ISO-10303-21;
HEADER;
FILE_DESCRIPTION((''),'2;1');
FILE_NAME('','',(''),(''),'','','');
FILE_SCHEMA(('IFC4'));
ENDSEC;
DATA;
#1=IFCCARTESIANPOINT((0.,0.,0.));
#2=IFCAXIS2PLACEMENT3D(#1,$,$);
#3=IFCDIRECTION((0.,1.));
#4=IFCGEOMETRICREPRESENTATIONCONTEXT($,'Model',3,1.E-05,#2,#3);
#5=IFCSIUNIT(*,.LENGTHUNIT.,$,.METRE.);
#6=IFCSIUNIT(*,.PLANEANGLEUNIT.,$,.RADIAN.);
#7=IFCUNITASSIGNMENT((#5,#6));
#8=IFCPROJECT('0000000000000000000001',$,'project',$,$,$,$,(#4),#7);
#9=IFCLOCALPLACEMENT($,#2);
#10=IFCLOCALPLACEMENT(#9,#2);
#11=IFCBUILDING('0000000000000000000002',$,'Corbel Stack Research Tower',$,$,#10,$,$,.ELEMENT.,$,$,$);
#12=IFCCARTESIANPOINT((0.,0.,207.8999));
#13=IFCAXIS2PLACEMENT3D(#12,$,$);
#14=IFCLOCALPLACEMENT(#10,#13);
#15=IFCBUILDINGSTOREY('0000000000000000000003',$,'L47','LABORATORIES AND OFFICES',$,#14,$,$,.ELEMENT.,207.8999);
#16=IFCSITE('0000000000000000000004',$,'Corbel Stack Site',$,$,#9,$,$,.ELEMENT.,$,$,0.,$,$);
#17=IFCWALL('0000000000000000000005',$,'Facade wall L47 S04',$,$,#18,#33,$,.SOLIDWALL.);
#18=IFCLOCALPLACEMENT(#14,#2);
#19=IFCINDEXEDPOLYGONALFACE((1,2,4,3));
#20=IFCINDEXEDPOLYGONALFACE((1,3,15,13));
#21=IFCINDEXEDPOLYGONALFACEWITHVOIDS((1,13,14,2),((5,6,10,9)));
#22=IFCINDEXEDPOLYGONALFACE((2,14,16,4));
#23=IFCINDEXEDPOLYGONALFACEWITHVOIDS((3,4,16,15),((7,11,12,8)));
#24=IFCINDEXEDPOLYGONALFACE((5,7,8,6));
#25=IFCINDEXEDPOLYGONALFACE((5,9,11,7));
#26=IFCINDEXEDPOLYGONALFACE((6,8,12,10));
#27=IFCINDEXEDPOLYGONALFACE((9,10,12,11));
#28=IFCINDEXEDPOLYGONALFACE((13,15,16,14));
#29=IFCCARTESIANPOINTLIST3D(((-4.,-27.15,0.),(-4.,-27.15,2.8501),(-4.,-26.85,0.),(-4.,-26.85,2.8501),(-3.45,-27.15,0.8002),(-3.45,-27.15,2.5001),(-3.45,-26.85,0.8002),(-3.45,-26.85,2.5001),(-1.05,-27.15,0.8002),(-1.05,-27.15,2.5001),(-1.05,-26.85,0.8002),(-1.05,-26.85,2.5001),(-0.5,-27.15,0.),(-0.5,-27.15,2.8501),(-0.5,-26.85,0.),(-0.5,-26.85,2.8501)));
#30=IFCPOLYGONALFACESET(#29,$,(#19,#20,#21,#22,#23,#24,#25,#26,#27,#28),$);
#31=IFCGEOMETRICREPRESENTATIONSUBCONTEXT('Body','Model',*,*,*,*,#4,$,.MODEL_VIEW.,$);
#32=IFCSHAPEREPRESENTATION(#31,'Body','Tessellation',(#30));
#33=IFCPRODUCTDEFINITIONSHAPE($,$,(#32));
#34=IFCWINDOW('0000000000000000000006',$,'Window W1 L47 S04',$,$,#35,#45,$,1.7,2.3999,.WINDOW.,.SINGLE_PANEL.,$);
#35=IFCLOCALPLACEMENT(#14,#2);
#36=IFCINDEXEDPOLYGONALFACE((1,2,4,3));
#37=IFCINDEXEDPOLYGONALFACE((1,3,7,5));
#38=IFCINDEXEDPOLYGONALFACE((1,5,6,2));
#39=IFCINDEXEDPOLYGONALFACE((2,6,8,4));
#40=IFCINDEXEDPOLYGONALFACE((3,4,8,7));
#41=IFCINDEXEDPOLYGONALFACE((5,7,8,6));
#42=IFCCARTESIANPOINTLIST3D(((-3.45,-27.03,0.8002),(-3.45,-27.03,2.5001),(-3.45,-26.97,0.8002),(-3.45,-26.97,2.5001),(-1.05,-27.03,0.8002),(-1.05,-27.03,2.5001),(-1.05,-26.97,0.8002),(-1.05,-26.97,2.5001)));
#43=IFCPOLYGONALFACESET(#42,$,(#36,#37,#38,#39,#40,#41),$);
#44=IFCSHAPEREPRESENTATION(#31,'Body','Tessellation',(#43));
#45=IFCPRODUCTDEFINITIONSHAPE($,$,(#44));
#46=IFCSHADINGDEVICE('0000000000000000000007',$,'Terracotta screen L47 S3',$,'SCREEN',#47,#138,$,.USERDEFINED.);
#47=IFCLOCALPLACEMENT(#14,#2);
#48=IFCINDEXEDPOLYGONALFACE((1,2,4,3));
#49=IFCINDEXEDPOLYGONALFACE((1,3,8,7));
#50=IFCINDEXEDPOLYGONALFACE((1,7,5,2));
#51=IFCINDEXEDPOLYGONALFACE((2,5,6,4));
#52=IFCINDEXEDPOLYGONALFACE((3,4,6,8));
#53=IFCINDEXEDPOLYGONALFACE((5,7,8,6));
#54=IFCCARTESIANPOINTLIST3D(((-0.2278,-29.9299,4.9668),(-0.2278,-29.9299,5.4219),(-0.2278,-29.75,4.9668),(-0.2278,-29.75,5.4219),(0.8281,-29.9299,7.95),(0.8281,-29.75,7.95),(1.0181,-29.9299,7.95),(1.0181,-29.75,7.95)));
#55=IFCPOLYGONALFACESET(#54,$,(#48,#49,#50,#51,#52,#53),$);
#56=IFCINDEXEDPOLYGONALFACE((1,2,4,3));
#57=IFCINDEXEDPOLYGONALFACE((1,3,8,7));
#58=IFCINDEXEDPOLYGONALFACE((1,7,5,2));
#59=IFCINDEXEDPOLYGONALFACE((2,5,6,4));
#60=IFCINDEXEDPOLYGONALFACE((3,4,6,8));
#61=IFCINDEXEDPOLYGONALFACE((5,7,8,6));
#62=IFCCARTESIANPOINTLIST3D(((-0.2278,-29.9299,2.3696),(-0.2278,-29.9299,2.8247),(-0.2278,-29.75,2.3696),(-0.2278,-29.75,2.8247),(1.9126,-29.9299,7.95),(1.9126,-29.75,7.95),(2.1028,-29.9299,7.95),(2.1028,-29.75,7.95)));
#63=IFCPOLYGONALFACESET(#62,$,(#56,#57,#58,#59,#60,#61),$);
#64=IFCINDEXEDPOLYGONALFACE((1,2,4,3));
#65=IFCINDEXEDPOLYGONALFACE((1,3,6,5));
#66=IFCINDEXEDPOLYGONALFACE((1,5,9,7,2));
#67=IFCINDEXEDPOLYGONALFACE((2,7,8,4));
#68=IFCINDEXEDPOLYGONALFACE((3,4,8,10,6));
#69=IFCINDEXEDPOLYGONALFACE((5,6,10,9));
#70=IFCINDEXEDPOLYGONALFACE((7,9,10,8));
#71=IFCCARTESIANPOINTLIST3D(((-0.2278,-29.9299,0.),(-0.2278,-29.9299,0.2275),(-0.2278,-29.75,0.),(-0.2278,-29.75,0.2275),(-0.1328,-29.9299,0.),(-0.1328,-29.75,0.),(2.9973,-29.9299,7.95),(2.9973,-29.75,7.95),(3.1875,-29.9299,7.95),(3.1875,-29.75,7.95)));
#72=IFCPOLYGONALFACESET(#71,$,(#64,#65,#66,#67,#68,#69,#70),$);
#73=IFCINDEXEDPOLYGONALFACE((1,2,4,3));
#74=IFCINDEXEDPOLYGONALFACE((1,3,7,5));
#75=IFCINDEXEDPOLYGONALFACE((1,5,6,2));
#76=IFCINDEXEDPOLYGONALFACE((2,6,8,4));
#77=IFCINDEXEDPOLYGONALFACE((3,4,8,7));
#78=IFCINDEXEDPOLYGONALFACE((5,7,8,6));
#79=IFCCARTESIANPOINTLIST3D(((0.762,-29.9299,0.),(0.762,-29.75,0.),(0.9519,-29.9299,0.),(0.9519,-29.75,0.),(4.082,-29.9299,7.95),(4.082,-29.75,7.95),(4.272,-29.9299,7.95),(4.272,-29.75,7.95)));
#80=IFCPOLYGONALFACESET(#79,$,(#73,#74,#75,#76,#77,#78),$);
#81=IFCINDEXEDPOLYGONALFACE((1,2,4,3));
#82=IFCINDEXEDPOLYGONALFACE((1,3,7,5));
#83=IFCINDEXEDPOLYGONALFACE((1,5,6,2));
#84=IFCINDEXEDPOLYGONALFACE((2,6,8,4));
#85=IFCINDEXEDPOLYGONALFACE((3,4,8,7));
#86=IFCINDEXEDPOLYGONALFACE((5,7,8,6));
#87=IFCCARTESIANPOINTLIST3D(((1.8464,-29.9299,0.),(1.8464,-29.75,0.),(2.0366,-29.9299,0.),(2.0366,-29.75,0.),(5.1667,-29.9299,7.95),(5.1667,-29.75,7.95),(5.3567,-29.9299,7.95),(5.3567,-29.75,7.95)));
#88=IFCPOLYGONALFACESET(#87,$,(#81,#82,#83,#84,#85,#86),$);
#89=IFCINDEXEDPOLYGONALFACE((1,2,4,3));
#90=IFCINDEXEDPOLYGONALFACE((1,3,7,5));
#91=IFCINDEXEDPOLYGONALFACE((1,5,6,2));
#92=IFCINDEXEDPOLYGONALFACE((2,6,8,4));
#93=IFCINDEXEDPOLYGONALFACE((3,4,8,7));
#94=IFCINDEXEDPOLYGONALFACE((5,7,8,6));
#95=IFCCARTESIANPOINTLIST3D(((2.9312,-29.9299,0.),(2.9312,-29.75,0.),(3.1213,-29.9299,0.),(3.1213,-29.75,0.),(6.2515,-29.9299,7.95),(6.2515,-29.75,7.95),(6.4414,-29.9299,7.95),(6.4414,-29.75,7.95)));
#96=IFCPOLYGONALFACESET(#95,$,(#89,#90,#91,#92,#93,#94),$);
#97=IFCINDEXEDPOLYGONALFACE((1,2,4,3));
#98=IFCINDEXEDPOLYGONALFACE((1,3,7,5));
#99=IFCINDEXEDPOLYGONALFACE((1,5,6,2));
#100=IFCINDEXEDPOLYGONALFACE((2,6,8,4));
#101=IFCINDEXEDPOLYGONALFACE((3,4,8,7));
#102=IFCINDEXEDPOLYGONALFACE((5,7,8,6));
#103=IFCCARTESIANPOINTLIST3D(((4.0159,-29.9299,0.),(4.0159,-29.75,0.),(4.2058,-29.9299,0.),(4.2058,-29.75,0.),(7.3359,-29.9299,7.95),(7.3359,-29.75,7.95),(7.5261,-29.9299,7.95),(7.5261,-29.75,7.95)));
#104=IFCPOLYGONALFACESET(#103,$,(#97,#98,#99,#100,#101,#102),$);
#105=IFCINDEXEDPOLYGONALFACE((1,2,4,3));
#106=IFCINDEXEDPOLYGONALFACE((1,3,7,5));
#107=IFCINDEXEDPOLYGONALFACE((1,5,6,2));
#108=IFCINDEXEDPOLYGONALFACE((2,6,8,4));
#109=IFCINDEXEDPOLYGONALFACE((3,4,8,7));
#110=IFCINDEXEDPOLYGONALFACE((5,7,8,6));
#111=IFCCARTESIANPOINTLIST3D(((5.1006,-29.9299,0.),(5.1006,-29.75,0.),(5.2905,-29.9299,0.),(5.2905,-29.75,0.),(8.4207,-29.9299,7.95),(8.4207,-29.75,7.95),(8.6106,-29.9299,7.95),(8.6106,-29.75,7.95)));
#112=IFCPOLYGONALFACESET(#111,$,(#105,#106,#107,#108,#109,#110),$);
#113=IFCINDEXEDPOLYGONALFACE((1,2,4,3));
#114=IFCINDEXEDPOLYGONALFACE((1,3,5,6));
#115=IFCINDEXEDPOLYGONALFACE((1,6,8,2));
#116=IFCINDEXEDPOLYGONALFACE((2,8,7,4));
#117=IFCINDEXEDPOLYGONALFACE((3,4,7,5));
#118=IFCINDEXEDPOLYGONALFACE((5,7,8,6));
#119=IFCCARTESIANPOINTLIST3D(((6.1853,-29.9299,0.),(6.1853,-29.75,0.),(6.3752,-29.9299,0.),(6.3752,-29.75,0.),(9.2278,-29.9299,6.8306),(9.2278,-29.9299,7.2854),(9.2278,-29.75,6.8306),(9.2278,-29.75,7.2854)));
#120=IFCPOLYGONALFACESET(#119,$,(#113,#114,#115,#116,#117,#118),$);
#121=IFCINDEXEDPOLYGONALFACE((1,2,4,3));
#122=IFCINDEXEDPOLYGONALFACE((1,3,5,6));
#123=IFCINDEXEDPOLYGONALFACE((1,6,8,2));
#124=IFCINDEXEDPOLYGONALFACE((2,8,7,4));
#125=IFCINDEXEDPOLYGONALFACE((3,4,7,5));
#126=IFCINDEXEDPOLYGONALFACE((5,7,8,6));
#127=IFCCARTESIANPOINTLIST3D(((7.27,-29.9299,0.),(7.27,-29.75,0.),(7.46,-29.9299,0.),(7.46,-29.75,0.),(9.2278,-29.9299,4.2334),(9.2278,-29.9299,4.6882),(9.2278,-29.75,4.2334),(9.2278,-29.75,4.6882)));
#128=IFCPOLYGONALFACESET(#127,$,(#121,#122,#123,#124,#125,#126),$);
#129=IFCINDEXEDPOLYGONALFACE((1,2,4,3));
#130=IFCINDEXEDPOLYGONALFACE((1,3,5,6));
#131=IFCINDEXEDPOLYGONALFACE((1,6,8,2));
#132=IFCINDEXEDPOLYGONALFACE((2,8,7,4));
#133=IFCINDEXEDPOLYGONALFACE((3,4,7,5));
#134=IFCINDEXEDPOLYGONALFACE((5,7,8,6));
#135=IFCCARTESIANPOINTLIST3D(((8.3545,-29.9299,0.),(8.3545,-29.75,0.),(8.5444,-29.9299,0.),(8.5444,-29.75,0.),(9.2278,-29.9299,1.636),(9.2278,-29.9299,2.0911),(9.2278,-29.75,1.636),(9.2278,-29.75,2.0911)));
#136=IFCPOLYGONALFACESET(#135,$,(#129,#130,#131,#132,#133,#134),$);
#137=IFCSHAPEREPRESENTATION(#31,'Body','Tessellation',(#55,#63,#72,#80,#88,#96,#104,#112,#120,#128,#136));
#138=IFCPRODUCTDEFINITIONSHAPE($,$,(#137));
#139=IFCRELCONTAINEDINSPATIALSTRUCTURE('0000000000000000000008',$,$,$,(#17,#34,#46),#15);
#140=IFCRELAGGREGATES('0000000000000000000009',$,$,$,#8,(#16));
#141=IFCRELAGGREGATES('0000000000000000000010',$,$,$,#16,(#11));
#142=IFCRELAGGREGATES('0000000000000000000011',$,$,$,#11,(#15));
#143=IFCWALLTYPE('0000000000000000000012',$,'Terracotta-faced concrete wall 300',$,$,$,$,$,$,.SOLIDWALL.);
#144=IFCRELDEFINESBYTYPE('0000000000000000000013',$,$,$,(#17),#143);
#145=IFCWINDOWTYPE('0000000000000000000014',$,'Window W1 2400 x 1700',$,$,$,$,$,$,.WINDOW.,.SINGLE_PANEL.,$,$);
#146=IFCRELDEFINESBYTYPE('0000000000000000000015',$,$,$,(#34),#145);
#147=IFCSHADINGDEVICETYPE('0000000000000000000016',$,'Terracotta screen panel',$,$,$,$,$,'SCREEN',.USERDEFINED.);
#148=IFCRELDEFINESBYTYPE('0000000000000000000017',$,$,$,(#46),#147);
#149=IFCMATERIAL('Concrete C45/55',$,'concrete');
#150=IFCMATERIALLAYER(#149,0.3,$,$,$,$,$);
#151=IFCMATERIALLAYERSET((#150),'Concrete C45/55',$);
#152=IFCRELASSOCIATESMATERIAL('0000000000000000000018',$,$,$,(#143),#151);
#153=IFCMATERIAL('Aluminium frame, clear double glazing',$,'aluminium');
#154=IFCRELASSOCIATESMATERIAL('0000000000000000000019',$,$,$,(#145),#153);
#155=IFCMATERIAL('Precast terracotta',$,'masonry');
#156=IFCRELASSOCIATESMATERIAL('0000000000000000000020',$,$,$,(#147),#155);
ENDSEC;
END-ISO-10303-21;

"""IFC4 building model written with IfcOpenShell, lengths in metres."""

from ifc_helpers import new_model, si_unit, direction, frame, frame_2d, origin, place, context, subcontext, project, spatial, polyline, rectangle, outline, extrude, source, transform, mapped, material, layer, layer_set, type_object, element, fill, save


model = new_model("IFC4")

# Units and contexts
model_context = context("Model", 3, precision=1e-05, world=origin(), true_north=direction((0.0, 1.0)))
body_context = subcontext(model_context, "Body", "Model", "MODEL_VIEW")
ifc_project = project(units=[si_unit("LENGTHUNIT", "METRE"), si_unit("PLANEANGLEUNIT", "RADIAN")], contexts=[model_context])

# Site, building, storey
site_placement = place(None, origin())
site = spatial("IfcSite", under=ifc_project, at=site_placement, Name="Corbel Stack Site", CompositionType="ELEMENT", RefElevation=0.0)
building_placement = place(site_placement, origin())
building = spatial("IfcBuilding", under=site, at=building_placement, Name="Corbel Stack Research Tower", CompositionType="ELEMENT")
storey_placement = place(building_placement, frame((0.0, 0.0, 207.8999)))
storey = spatial("IfcBuildingStorey", under=building, at=storey_placement, Name="L47", Description="LABORATORIES AND OFFICES", CompositionType="ELEMENT", Elevation=207.8999)

# Shared definitions
ifc_material_1 = material(Name="Concrete C45/55", Category="concrete")
ifc_layer_1 = layer(ifc_material_1, 0.3)
ifc_layer_set_1 = layer_set([ifc_layer_1], Name="Concrete C45/55")
wall_type_1 = type_object("IfcWallType", Name="Terracotta-faced concrete wall 300", PredefinedType="SOLIDWALL", material=ifc_layer_set_1)
ifc_material_2 = material(Name="Aluminium frame, clear double glazing", Category="aluminium")
window_type = type_object("IfcWindowType", Name="Window W1 2400 x 1700", PartitioningType="SINGLE_PANEL", PredefinedType="WINDOW", material=ifc_material_2)

# Wall, opening, window
wall_1_placement = place(storey_placement, frame((-0.5, -27.0, 0.0), z_axis=(0.0, 0.0, 1.0), x_axis=(-1.0, 0.0, 0.0)))
wall_1 = element("IfcWall", 1, at=wall_1_placement, inside=storey, type_object=wall_type_1, Name="Facade wall L47 S04", PredefinedType="SOLIDWALL", context=body_context, shape_type="SweptSolid", body=[
    extrude(rectangle(XDim=3.5, YDim=0.3, at=frame_2d((1.75, 0.0))), origin(), (0.0, 0.0, 1.0), 2.8501),
])
opening_1_placement = place(wall_1_placement, frame((0.55, 0.0, 0.8)))
opening_1 = element("IfcOpeningElement", 2, at=opening_1_placement, cuts=wall_1, PredefinedType="OPENING", context=body_context, shape_type="SweptSolid", body=[
    extrude(rectangle(XDim=2.3999, YDim=1.7, at=frame_2d((1.2, 0.8501))), frame((0.0, 0.1599, 0.0), z_axis=(0.0, -1.0, 0.0), x_axis=(1.0, 0.0, 0.0)), (0.0, 0.0, 1.0), 0.3201),
])
window_1_placement = place(opening_1_placement, origin())
window_1 = element("IfcWindow", 3, at=window_1_placement, inside=storey, type_object=window_type, Name="Window W1 L47 S04", OverallHeight=1.7, OverallWidth=2.3999, PartitioningType="SINGLE_PANEL", PredefinedType="WINDOW", context=body_context, shape_type="SweptSolid", body=[
    extrude(rectangle(XDim=2.3999, YDim=1.7, at=frame_2d((1.2, 0.8501))), frame((0.0, 0.03, 0.0), z_axis=(0.0, -1.0, 0.0), x_axis=(1.0, 0.0, 0.0)), (0.0, 0.0, 1.0), 0.0601),
])
fill(opening_1, window_1)

# Shading device
ifc_material_3 = material(Name="Precast terracotta", Category="masonry")
shading_device_type = type_object("IfcShadingDeviceType", Name="Terracotta screen panel", ElementType="SCREEN", PredefinedType="USERDEFINED", material=ifc_material_3)
shared_shape_1 = source(origin(), body_context, "Body", "SweptSolid", [
    extrude(outline(polyline([(1.2458, 7.95), (1.0559, 7.95), (0.0, 5.4219), (0.0, 4.9668), (1.2458, 7.95)])), frame((0.0, 0.0, 0.0), z_axis=(0.0, -1.0, 0.0), x_axis=(1.0, 0.0, 0.0)), (0.0, 0.0, 1.0), 0.1799),
    extrude(outline(polyline([(2.3306, 7.95), (2.1404, 7.95), (0.0, 2.8247), (0.0, 2.3696), (2.3306, 7.95)])), frame((0.0, 0.0, 0.0), z_axis=(0.0, -1.0, 0.0), x_axis=(1.0, 0.0, 0.0)), (0.0, 0.0, 1.0), 0.1799),
    extrude(outline(polyline([(0.095, 0.0), (3.4153, 7.95), (3.2251, 7.95), (0.0, 0.2275), (0.0, 0.0), (0.095, 0.0)])), frame((0.0, 0.0, 0.0), z_axis=(0.0, -1.0, 0.0), x_axis=(1.0, 0.0, 0.0)), (0.0, 0.0, 1.0), 0.1799),
    extrude(outline(polyline([(1.1797, 0.0), (4.4998, 7.95), (4.3098, 7.95), (0.9897, 0.0), (1.1797, 0.0)])), frame((0.0, 0.0, 0.0), z_axis=(0.0, -1.0, 0.0), x_axis=(1.0, 0.0, 0.0)), (0.0, 0.0, 1.0), 0.1799),
    extrude(outline(polyline([(2.2644, 0.0), (5.5845, 7.95), (5.3945, 7.95), (2.0742, 0.0), (2.2644, 0.0)])), frame((0.0, 0.0, 0.0), z_axis=(0.0, -1.0, 0.0), x_axis=(1.0, 0.0, 0.0)), (0.0, 0.0, 1.0), 0.1799),
    extrude(outline(polyline([(3.3491, 0.0), (6.6692, 7.95), (6.4792, 7.95), (3.1589, 0.0), (3.3491, 0.0)])), frame((0.0, 0.0, 0.0), z_axis=(0.0, -1.0, 0.0), x_axis=(1.0, 0.0, 0.0)), (0.0, 0.0, 1.0), 0.1799),
    extrude(outline(polyline([(4.4336, 0.0), (7.7539, 7.95), (7.5637, 7.95), (4.2437, 0.0), (4.4336, 0.0)])), frame((0.0, 0.0, 0.0), z_axis=(0.0, -1.0, 0.0), x_axis=(1.0, 0.0, 0.0)), (0.0, 0.0, 1.0), 0.1799),
    extrude(outline(polyline([(5.5183, 0.0), (8.8384, 7.95), (8.6484, 7.95), (5.3284, 0.0), (5.5183, 0.0)])), frame((0.0, 0.0, 0.0), z_axis=(0.0, -1.0, 0.0), x_axis=(1.0, 0.0, 0.0)), (0.0, 0.0, 1.0), 0.1799),
    extrude(outline(polyline([(6.603, 0.0), (9.4556, 6.8306), (9.4556, 7.2854), (6.4131, 0.0), (6.603, 0.0)])), frame((0.0, 0.0, 0.0), z_axis=(0.0, -1.0, 0.0), x_axis=(1.0, 0.0, 0.0)), (0.0, 0.0, 1.0), 0.1799),
    extrude(outline(polyline([(7.6877, 0.0), (9.4556, 4.2334), (9.4556, 4.6882), (7.4978, 0.0), (7.6877, 0.0)])), frame((0.0, 0.0, 0.0), z_axis=(0.0, -1.0, 0.0), x_axis=(1.0, 0.0, 0.0)), (0.0, 0.0, 1.0), 0.1799),
    extrude(outline(polyline([(8.7722, 0.0), (9.4556, 1.636), (9.4556, 2.0911), (8.5823, 0.0), (8.7722, 0.0)])), frame((0.0, 0.0, 0.0), z_axis=(0.0, -1.0, 0.0), x_axis=(1.0, 0.0, 0.0)), (0.0, 0.0, 1.0), 0.1799),
])
shading_device_1_placement = place(storey_placement, frame((-0.2278, -29.75, 0.0), z_axis=(0.0, 0.0, 1.0), x_axis=(1.0, 0.0, 0.0)))
element("IfcShadingDevice", 4, at=shading_device_1_placement, inside=storey, type_object=shading_device_type, Name="Terracotta screen L47 S3", ObjectType="SCREEN", PredefinedType="USERDEFINED", context=body_context, shape_type="MappedRepresentation", body=[
    mapped(shared_shape_1, transform((0.0, 0.0, 0.0))),
])

save(model, "model.ifc")
